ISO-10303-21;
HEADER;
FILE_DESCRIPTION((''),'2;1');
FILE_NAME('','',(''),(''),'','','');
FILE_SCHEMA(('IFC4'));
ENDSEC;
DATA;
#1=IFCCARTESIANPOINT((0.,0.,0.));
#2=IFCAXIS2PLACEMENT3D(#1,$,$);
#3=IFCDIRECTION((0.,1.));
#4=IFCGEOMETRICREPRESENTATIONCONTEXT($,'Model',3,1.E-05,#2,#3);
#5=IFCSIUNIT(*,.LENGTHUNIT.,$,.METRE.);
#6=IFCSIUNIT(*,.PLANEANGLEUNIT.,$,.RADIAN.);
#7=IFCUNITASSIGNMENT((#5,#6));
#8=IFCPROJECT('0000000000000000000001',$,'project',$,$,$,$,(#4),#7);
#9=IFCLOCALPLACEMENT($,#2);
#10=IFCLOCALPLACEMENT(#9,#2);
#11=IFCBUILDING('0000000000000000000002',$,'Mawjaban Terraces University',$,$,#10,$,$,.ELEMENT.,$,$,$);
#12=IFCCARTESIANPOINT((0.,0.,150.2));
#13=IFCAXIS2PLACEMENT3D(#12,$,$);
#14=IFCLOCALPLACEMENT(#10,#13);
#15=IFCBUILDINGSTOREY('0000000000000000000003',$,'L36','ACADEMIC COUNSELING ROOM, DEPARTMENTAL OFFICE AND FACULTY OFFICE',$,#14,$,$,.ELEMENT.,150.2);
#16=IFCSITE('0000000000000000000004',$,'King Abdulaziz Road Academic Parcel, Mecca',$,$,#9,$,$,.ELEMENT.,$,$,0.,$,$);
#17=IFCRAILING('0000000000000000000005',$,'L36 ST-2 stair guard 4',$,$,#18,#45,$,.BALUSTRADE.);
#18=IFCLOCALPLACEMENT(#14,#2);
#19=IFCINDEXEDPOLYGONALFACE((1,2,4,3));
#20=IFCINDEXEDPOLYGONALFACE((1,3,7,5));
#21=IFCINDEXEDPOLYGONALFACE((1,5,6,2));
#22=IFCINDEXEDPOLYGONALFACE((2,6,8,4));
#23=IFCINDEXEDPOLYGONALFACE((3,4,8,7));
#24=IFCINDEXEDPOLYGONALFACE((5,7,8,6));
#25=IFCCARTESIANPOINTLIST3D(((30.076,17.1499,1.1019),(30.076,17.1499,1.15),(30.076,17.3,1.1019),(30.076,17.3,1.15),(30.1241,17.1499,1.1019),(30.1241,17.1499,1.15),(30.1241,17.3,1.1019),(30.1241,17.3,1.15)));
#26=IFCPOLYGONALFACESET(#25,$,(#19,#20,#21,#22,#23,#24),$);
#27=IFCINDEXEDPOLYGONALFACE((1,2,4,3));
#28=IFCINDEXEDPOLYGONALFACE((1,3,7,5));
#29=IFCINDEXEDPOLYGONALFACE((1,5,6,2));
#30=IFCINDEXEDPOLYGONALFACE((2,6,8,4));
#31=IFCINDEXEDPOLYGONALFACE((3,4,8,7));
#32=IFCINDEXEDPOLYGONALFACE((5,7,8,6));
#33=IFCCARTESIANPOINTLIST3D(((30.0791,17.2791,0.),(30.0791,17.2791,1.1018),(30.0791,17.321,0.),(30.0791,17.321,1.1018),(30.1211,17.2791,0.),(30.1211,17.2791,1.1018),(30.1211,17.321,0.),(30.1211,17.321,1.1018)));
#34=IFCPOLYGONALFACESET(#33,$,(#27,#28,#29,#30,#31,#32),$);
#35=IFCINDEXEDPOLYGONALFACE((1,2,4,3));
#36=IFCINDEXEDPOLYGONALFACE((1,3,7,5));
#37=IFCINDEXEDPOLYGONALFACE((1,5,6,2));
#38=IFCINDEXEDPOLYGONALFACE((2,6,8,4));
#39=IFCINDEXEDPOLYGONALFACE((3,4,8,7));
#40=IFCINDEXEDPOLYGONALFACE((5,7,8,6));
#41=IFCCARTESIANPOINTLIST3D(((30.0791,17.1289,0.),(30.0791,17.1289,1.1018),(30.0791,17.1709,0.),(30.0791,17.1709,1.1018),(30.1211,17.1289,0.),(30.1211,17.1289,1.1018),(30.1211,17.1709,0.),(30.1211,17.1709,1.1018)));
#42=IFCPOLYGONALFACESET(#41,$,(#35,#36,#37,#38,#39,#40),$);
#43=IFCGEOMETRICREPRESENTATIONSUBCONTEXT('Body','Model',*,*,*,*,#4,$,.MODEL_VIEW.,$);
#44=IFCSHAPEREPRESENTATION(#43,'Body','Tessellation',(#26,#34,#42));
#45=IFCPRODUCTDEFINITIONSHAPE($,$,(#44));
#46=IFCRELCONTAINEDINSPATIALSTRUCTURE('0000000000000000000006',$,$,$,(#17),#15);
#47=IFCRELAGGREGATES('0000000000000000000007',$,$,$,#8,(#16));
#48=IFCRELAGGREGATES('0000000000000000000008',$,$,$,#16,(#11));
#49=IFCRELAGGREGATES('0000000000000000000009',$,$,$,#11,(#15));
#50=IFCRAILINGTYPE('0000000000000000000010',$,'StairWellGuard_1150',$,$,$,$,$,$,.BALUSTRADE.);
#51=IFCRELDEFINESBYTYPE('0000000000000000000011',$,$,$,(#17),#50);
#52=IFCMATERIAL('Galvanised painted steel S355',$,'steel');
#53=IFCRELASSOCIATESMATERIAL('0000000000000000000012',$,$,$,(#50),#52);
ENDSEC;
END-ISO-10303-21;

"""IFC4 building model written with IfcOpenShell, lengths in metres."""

from ifc_helpers import new_model, si_unit, direction, frame, origin, origin_2d, place, context, subcontext, project, spatial, rectangle, extrude, material, type_object, element, save


model = new_model("IFC4")

# Units and contexts
model_context = context("Model", 3, precision=1e-05, world=origin(), true_north=direction((0.0, 1.0)))
body_context = subcontext(model_context, "Body", "Model", "MODEL_VIEW")
ifc_project = project(units=[si_unit("LENGTHUNIT", "METRE"), si_unit("PLANEANGLEUNIT", "RADIAN")], contexts=[model_context])

# Site, building, storey
site_placement = place(None, origin())
site = spatial("IfcSite", under=ifc_project, at=site_placement, Name="King Abdulaziz Road Academic Parcel, Mecca", CompositionType="ELEMENT", RefElevation=0.0)
building_placement = place(site_placement, origin())
building = spatial("IfcBuilding", under=site, at=building_placement, Name="Mawjaban Terraces University", CompositionType="ELEMENT")
storey_placement = place(building_placement, frame((0.0, 0.0, 150.2)))
storey = spatial("IfcBuildingStorey", under=building, at=storey_placement, Name="L36", Description="ACADEMIC COUNSELING ROOM, DEPARTMENTAL OFFICE AND FACULTY OFFICE", CompositionType="ELEMENT", Elevation=150.2)

# Railing
ifc_material_1 = material(Name="Galvanised painted steel S355", Category="steel")
railing_type_1 = type_object("IfcRailingType", Name="StairWellGuard_1150", PredefinedType="BALUSTRADE", material=ifc_material_1)
railing_1_placement = place(storey_placement, frame((30.1001, 17.3, 0.0)))
element("IfcRailing", 1, at=railing_1_placement, inside=storey, type_object=railing_type_1, Name="L36 ST-2 stair guard 4", PredefinedType="BALUSTRADE", context=body_context, shape_type="SweptSolid", body=[
    extrude(rectangle(XDim=0.0481, YDim=0.0481, at=origin_2d()), frame((0.0, 0.0, 1.126), z_axis=(0.0, -1.0, 0.0), x_axis=(1.0, 0.0, 0.0)), (0.0, 0.0, 1.0), 0.1501),
    extrude(rectangle(XDim=0.042, YDim=0.042, at=origin_2d()), origin(), (0.0, 0.0, 1.0), 1.1018),
    extrude(rectangle(XDim=0.042, YDim=0.042, at=origin_2d()), frame((0.0, -0.1501, 0.0)), (0.0, 0.0, 1.0), 1.1018),
])

save(model, "model.ifc")
